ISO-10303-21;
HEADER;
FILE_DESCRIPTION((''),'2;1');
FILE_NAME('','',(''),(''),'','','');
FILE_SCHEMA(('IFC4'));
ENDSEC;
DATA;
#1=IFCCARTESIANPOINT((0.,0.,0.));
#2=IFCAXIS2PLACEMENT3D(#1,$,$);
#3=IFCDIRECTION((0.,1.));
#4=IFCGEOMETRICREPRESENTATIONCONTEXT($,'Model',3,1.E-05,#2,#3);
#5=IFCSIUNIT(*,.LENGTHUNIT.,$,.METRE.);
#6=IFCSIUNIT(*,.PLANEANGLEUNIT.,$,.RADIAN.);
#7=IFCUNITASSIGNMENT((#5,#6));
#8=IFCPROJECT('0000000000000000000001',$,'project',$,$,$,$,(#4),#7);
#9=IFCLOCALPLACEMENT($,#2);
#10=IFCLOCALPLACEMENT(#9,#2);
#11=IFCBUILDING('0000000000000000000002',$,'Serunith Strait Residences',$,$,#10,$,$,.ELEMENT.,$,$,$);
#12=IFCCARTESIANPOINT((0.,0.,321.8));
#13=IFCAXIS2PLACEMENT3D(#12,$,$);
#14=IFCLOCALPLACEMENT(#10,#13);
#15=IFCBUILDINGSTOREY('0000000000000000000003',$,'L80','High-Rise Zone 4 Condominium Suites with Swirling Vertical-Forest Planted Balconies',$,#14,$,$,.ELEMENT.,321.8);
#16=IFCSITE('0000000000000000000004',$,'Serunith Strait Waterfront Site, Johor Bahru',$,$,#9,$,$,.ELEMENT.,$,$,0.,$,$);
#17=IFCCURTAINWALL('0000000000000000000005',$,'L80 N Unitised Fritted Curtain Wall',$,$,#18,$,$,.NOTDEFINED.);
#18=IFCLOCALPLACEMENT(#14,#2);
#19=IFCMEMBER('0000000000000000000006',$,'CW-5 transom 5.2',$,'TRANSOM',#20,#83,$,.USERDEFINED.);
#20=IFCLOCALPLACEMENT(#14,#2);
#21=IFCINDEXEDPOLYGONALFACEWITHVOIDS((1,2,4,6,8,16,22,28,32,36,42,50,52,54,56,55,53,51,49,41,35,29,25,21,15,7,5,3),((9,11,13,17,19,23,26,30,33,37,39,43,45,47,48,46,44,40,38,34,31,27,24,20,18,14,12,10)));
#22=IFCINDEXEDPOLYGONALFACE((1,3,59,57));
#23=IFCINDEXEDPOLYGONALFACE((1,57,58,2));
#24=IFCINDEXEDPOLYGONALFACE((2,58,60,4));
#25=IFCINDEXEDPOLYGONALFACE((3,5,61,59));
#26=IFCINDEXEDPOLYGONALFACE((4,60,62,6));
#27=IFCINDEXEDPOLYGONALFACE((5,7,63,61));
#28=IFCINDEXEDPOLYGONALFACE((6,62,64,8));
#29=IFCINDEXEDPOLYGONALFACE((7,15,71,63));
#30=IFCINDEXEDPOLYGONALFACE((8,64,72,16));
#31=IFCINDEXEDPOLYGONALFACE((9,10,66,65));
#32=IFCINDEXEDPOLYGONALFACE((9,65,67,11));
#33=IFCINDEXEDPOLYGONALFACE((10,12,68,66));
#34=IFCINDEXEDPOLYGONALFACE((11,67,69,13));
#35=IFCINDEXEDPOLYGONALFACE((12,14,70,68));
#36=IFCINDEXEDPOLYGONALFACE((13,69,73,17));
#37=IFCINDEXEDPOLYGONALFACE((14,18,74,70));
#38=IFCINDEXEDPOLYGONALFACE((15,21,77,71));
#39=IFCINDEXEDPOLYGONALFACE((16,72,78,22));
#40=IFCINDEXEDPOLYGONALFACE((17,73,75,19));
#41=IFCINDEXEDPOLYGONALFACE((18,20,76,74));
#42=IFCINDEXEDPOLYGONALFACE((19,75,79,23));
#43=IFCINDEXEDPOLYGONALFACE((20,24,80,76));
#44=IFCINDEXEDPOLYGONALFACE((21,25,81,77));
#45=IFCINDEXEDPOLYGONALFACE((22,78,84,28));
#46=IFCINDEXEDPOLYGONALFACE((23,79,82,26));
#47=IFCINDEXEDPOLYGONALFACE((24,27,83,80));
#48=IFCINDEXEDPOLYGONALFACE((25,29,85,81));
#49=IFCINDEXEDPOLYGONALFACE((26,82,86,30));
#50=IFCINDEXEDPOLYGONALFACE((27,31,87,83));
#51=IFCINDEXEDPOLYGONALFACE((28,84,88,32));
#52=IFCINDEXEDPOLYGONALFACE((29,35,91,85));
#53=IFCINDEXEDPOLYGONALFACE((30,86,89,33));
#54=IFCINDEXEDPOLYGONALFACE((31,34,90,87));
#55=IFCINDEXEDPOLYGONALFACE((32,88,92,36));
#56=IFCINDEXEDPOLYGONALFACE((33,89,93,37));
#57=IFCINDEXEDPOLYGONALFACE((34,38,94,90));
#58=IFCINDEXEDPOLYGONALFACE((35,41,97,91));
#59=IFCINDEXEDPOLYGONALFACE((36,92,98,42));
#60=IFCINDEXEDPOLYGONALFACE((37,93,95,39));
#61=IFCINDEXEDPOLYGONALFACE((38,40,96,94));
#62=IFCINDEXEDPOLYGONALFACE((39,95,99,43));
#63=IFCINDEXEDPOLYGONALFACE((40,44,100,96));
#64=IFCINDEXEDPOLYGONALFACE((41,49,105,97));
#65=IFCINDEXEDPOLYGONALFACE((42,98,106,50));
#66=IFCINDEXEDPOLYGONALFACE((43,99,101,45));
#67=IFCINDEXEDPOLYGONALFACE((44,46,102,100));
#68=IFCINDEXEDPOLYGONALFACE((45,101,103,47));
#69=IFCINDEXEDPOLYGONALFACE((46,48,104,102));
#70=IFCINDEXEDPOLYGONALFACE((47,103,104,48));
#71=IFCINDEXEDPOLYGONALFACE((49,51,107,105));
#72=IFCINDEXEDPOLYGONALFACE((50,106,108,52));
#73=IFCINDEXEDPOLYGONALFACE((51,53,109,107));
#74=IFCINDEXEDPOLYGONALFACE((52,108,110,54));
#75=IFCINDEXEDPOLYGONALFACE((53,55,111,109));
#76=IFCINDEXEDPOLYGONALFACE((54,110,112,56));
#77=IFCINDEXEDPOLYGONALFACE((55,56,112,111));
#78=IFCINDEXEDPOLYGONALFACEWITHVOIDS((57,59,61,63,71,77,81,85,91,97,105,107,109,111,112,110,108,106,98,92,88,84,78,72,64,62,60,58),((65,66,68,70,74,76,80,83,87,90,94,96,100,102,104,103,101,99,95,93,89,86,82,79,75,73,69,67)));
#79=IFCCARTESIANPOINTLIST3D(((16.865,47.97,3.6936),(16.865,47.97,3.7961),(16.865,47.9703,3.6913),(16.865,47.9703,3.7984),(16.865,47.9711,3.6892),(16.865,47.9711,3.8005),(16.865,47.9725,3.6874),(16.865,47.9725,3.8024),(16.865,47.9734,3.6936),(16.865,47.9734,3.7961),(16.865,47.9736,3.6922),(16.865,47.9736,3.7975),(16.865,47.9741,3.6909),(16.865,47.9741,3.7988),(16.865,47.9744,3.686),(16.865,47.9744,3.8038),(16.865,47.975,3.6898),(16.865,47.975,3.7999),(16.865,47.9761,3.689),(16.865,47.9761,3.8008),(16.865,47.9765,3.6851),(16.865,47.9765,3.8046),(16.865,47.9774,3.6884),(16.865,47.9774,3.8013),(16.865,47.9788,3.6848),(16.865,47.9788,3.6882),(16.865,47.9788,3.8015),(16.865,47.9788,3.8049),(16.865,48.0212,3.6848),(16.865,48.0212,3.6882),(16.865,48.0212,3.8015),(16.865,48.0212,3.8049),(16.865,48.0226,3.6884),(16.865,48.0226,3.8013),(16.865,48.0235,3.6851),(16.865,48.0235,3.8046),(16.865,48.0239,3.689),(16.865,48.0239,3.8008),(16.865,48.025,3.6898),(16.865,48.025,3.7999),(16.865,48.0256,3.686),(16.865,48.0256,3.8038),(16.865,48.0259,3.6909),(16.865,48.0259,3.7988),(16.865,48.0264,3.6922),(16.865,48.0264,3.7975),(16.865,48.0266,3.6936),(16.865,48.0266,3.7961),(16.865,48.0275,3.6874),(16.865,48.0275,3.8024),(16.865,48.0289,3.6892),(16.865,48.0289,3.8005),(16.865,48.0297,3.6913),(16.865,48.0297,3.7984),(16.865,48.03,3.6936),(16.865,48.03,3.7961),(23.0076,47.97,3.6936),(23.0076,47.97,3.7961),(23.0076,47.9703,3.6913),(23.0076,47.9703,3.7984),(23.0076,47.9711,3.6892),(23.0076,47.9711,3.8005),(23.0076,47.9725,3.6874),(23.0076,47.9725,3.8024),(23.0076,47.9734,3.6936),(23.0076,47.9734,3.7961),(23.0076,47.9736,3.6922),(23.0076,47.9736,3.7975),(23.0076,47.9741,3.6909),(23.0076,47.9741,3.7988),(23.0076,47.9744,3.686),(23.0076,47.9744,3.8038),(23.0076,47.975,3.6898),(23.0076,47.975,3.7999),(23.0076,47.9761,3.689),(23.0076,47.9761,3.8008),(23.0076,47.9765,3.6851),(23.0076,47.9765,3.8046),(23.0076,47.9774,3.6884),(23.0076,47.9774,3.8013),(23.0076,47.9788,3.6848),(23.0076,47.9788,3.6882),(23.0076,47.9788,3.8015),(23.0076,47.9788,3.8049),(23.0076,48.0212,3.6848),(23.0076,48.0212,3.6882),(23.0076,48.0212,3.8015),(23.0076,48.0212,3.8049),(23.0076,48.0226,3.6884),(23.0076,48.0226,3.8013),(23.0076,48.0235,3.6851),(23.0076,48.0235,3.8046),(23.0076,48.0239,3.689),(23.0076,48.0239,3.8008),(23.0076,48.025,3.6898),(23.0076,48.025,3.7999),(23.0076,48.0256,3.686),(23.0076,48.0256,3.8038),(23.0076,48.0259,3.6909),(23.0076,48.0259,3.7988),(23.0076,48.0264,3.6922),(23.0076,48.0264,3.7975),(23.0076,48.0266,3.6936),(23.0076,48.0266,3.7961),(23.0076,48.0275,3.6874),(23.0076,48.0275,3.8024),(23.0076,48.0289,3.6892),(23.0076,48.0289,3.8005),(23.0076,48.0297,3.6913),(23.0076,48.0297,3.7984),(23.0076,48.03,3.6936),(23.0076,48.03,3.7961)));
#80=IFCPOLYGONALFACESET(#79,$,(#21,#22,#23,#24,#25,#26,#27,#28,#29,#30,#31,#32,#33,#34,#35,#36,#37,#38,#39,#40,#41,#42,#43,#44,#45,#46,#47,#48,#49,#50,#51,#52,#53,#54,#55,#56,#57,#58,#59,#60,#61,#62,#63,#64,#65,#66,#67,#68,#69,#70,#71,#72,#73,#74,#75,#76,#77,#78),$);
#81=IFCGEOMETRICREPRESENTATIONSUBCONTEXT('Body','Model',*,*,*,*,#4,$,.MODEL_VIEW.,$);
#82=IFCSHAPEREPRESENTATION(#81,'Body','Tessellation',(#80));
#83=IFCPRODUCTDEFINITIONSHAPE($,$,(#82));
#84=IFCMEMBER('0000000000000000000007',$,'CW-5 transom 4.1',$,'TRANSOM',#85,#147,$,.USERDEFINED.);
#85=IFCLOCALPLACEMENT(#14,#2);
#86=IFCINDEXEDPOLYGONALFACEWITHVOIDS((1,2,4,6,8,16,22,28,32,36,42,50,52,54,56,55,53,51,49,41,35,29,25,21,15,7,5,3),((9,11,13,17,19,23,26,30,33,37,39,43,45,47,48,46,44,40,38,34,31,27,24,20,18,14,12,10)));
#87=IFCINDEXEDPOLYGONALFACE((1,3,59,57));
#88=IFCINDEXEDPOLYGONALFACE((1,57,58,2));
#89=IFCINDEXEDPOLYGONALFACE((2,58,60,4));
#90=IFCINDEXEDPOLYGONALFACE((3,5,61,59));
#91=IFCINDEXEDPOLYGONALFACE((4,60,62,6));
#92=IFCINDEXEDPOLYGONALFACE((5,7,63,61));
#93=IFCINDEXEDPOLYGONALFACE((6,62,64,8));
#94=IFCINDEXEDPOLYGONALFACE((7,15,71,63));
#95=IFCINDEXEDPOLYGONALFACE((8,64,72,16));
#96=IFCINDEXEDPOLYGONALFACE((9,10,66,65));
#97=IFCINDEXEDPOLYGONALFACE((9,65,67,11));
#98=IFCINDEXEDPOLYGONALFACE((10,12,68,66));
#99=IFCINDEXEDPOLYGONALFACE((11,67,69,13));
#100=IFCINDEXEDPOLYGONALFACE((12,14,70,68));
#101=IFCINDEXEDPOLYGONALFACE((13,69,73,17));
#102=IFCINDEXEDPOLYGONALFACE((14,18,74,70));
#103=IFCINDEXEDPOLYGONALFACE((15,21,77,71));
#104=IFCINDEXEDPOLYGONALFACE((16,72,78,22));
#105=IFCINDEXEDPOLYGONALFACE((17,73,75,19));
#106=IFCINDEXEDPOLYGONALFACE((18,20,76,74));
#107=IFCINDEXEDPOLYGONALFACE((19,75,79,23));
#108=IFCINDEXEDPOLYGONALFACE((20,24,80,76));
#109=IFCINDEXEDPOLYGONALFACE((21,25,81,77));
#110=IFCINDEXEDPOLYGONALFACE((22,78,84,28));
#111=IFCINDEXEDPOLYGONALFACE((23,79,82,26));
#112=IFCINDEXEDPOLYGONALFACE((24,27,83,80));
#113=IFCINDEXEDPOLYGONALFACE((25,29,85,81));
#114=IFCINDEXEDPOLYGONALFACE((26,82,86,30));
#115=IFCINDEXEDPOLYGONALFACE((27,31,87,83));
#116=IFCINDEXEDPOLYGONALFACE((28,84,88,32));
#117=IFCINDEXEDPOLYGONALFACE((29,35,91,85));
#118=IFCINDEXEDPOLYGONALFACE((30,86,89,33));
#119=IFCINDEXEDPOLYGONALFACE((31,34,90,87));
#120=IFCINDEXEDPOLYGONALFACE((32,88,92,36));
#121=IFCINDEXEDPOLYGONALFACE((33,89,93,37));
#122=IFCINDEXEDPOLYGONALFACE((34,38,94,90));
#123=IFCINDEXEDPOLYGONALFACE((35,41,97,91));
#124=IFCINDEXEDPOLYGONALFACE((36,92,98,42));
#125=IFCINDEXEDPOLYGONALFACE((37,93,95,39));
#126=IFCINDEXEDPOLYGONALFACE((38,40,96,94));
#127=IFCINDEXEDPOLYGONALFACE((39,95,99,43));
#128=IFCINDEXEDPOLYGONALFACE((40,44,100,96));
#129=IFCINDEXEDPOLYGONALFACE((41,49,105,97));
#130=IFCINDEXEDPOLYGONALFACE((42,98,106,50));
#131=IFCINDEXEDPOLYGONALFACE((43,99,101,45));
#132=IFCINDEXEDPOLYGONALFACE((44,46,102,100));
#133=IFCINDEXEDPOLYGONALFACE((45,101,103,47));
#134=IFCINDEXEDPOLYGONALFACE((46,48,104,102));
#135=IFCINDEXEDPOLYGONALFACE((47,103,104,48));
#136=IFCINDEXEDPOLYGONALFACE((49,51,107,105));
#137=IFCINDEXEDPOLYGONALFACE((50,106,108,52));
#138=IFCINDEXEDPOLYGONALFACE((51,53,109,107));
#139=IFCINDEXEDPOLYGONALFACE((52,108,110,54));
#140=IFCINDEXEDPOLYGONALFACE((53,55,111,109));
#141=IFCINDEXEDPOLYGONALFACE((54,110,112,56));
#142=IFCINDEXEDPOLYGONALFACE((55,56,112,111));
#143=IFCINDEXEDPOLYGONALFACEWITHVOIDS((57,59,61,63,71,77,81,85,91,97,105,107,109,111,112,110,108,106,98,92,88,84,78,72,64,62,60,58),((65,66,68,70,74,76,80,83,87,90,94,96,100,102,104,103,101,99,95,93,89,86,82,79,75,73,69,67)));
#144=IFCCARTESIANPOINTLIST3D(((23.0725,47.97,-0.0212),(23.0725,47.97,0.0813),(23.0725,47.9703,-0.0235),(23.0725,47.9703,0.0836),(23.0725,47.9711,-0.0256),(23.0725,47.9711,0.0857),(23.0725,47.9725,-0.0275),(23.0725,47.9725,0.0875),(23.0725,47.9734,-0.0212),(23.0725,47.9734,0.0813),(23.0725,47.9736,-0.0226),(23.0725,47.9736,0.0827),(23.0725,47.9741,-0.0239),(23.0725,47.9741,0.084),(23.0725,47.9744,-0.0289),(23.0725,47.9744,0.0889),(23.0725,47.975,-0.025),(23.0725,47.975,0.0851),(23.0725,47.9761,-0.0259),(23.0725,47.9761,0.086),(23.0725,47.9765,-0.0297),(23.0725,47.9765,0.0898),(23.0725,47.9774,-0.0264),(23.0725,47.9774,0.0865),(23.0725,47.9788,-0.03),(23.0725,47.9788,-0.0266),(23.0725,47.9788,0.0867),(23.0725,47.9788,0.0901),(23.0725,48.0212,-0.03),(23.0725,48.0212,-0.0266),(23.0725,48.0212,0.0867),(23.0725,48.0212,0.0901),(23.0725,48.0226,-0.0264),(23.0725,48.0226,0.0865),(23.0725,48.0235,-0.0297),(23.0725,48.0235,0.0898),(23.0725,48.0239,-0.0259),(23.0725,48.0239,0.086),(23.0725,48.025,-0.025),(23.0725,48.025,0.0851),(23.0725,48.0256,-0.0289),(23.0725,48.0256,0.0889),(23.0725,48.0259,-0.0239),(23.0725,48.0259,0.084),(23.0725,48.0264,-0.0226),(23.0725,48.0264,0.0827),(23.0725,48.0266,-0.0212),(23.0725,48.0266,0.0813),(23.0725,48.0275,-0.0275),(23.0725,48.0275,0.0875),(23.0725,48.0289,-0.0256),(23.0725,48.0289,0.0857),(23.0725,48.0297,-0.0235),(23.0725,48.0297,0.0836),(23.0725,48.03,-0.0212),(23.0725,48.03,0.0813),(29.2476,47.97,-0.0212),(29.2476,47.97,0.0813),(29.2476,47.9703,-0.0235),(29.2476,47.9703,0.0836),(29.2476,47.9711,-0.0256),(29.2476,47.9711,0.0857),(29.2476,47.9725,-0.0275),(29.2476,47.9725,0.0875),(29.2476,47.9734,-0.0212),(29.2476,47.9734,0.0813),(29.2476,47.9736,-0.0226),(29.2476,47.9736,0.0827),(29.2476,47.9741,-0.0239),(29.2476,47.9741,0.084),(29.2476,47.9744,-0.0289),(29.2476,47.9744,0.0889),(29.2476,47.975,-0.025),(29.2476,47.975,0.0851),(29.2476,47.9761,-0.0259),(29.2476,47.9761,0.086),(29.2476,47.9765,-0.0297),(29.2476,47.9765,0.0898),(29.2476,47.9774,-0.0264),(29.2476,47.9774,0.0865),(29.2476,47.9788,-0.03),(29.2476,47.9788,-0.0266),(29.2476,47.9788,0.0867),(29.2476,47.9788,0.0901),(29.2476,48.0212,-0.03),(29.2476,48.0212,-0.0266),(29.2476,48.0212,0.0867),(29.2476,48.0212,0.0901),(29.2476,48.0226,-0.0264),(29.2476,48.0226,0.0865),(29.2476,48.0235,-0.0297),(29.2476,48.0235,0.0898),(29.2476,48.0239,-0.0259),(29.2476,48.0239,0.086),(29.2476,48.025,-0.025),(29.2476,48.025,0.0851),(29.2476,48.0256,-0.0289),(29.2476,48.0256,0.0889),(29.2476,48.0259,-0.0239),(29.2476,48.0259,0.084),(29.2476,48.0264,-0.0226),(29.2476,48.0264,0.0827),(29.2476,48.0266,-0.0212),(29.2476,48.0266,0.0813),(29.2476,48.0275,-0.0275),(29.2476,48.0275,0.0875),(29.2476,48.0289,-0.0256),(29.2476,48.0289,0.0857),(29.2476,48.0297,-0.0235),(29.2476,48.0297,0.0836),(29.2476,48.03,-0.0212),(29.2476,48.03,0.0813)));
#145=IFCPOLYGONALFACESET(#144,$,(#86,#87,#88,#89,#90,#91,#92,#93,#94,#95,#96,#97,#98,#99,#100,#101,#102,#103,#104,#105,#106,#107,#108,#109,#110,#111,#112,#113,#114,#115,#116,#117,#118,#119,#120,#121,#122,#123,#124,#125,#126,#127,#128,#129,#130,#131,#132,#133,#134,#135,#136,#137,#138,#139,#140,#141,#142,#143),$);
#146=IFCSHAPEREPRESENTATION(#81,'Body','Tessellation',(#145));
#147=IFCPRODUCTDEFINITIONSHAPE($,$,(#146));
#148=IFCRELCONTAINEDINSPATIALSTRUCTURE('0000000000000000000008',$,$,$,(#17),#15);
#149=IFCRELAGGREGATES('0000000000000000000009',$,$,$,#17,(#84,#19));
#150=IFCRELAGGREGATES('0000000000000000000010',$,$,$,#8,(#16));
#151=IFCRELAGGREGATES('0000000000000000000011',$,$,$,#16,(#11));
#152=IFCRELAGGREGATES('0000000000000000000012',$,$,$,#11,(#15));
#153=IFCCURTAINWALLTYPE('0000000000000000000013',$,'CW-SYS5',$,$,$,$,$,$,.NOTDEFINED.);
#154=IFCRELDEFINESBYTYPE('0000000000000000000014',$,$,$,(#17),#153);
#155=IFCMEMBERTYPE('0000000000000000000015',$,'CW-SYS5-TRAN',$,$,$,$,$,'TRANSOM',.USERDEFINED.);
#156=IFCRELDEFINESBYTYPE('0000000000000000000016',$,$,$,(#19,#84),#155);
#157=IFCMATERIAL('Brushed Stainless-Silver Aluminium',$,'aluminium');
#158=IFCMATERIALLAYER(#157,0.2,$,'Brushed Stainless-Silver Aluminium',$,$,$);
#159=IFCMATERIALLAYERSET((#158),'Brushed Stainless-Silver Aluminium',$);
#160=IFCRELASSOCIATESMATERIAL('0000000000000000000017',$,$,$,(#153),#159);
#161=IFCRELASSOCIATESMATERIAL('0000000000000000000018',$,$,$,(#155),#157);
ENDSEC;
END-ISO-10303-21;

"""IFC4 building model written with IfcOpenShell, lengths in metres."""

from ifc_helpers import new_model, si_unit, direction, frame, origin, origin_2d, place, context, subcontext, project, spatial, hollow_rectangle, extrude, source, transform, mapped, material, layer, layer_set, material_profile, profile_set, type_object, element, aggregate, save


model = new_model("IFC4")

# Units and contexts
model_context = context("Model", 3, precision=1e-05, world=origin(), true_north=direction((0.0, 1.0)))
body_context = subcontext(model_context, "Body", "Model", "MODEL_VIEW")
ifc_project = project(units=[si_unit("LENGTHUNIT", "METRE"), si_unit("PLANEANGLEUNIT", "RADIAN")], contexts=[model_context])

# Site, building, storey
site_placement = place(None, origin())
site = spatial("IfcSite", under=ifc_project, at=site_placement, Name="Serunith Strait Waterfront Site, Johor Bahru", CompositionType="ELEMENT", RefElevation=0.0)
building_placement = place(site_placement, origin())
building = spatial("IfcBuilding", under=site, at=building_placement, Name="Serunith Strait Residences", CompositionType="ELEMENT")
storey_placement = place(building_placement, frame((0.0, 0.0, 321.8)))
storey = spatial("IfcBuildingStorey", under=building, at=storey_placement, Name="L80", Description="High-Rise Zone 4 Condominium Suites with Swirling Vertical-Forest Planted Balconies", CompositionType="ELEMENT", Elevation=321.8)

# Curtain wall, members
ifc_material_1 = material(Name="Brushed Stainless-Silver Aluminium", Category="aluminium")
ifc_layer_1 = layer(ifc_material_1, 0.2, Name="Brushed Stainless-Silver Aluminium")
ifc_layer_set_1 = layer_set([ifc_layer_1], Name="Brushed Stainless-Silver Aluminium")
curtain_wall_type = type_object("IfcCurtainWallType", Name="CW-SYS5", PredefinedType="NOTDEFINED", material=ifc_layer_set_1)
curtain_wall_placement = place(storey_placement, origin())
curtain_wall = element("IfcCurtainWall", 1, at=curtain_wall_placement, inside=storey, type_object=curtain_wall_type, Name="L80 N Unitised Fritted Curtain Wall", PredefinedType="NOTDEFINED")
ifc_material_profile_1 = material_profile(ifc_material_1, hollow_rectangle(XDim=0.0601, YDim=0.1201, WallThickness=0.0034, InnerFilletRadius=0.0054, OuterFilletRadius=0.0088, at=origin_2d()), Name="ALU 120x60x3.5")
ifc_profile_set_1 = profile_set([ifc_material_profile_1], Name="Brushed Stainless-Silver Aluminium")
member_type_1 = type_object("IfcMemberType", Name="CW-SYS5-TRAN", ElementType="TRANSOM", PredefinedType="USERDEFINED", material=ifc_profile_set_1)
shared_shape_1 = source(origin(), body_context, "Body", "SweptSolid", [
    extrude(hollow_rectangle(XDim=0.0601, YDim=0.1201, WallThickness=0.0034, InnerFilletRadius=0.0054, OuterFilletRadius=0.0088, at=origin_2d()), origin(), (0.0, 0.0, 1.0), 6.1426),
])
member_1_placement = place(storey_placement, frame((23.0076, 48.0, 3.7449), z_axis=(-1.0, 0.0, 0.0), x_axis=(0.0, -1.0, 0.0)))
member_1 = element("IfcMember", 2, at=member_1_placement, type_object=member_type_1, Name="CW-5 transom 5.2", ObjectType="TRANSOM", PredefinedType="USERDEFINED", context=body_context, shape_type="MappedRepresentation", body=[
    mapped(shared_shape_1, transform((0.0, 0.0, 0.0), scale=1.0)),
])
shared_shape_2 = source(origin(), body_context, "Body", "SweptSolid", [
    extrude(hollow_rectangle(XDim=0.0601, YDim=0.1201, WallThickness=0.0034, InnerFilletRadius=0.0054, OuterFilletRadius=0.0088, at=origin_2d()), origin(), (0.0, 0.0, 1.0), 6.175),
])
member_2_placement = place(storey_placement, frame((29.2476, 48.0, 0.03), z_axis=(-1.0, 0.0, 0.0), x_axis=(0.0, -1.0, 0.0)))
member_2 = element("IfcMember", 3, at=member_2_placement, type_object=member_type_1, Name="CW-5 transom 4.1", ObjectType="TRANSOM", PredefinedType="USERDEFINED", context=body_context, shape_type="MappedRepresentation", body=[
    mapped(shared_shape_2, transform((0.0, 0.0, 0.0), scale=1.0)),
])
aggregate(curtain_wall, [member_2, member_1])

save(model, "model.ifc")
